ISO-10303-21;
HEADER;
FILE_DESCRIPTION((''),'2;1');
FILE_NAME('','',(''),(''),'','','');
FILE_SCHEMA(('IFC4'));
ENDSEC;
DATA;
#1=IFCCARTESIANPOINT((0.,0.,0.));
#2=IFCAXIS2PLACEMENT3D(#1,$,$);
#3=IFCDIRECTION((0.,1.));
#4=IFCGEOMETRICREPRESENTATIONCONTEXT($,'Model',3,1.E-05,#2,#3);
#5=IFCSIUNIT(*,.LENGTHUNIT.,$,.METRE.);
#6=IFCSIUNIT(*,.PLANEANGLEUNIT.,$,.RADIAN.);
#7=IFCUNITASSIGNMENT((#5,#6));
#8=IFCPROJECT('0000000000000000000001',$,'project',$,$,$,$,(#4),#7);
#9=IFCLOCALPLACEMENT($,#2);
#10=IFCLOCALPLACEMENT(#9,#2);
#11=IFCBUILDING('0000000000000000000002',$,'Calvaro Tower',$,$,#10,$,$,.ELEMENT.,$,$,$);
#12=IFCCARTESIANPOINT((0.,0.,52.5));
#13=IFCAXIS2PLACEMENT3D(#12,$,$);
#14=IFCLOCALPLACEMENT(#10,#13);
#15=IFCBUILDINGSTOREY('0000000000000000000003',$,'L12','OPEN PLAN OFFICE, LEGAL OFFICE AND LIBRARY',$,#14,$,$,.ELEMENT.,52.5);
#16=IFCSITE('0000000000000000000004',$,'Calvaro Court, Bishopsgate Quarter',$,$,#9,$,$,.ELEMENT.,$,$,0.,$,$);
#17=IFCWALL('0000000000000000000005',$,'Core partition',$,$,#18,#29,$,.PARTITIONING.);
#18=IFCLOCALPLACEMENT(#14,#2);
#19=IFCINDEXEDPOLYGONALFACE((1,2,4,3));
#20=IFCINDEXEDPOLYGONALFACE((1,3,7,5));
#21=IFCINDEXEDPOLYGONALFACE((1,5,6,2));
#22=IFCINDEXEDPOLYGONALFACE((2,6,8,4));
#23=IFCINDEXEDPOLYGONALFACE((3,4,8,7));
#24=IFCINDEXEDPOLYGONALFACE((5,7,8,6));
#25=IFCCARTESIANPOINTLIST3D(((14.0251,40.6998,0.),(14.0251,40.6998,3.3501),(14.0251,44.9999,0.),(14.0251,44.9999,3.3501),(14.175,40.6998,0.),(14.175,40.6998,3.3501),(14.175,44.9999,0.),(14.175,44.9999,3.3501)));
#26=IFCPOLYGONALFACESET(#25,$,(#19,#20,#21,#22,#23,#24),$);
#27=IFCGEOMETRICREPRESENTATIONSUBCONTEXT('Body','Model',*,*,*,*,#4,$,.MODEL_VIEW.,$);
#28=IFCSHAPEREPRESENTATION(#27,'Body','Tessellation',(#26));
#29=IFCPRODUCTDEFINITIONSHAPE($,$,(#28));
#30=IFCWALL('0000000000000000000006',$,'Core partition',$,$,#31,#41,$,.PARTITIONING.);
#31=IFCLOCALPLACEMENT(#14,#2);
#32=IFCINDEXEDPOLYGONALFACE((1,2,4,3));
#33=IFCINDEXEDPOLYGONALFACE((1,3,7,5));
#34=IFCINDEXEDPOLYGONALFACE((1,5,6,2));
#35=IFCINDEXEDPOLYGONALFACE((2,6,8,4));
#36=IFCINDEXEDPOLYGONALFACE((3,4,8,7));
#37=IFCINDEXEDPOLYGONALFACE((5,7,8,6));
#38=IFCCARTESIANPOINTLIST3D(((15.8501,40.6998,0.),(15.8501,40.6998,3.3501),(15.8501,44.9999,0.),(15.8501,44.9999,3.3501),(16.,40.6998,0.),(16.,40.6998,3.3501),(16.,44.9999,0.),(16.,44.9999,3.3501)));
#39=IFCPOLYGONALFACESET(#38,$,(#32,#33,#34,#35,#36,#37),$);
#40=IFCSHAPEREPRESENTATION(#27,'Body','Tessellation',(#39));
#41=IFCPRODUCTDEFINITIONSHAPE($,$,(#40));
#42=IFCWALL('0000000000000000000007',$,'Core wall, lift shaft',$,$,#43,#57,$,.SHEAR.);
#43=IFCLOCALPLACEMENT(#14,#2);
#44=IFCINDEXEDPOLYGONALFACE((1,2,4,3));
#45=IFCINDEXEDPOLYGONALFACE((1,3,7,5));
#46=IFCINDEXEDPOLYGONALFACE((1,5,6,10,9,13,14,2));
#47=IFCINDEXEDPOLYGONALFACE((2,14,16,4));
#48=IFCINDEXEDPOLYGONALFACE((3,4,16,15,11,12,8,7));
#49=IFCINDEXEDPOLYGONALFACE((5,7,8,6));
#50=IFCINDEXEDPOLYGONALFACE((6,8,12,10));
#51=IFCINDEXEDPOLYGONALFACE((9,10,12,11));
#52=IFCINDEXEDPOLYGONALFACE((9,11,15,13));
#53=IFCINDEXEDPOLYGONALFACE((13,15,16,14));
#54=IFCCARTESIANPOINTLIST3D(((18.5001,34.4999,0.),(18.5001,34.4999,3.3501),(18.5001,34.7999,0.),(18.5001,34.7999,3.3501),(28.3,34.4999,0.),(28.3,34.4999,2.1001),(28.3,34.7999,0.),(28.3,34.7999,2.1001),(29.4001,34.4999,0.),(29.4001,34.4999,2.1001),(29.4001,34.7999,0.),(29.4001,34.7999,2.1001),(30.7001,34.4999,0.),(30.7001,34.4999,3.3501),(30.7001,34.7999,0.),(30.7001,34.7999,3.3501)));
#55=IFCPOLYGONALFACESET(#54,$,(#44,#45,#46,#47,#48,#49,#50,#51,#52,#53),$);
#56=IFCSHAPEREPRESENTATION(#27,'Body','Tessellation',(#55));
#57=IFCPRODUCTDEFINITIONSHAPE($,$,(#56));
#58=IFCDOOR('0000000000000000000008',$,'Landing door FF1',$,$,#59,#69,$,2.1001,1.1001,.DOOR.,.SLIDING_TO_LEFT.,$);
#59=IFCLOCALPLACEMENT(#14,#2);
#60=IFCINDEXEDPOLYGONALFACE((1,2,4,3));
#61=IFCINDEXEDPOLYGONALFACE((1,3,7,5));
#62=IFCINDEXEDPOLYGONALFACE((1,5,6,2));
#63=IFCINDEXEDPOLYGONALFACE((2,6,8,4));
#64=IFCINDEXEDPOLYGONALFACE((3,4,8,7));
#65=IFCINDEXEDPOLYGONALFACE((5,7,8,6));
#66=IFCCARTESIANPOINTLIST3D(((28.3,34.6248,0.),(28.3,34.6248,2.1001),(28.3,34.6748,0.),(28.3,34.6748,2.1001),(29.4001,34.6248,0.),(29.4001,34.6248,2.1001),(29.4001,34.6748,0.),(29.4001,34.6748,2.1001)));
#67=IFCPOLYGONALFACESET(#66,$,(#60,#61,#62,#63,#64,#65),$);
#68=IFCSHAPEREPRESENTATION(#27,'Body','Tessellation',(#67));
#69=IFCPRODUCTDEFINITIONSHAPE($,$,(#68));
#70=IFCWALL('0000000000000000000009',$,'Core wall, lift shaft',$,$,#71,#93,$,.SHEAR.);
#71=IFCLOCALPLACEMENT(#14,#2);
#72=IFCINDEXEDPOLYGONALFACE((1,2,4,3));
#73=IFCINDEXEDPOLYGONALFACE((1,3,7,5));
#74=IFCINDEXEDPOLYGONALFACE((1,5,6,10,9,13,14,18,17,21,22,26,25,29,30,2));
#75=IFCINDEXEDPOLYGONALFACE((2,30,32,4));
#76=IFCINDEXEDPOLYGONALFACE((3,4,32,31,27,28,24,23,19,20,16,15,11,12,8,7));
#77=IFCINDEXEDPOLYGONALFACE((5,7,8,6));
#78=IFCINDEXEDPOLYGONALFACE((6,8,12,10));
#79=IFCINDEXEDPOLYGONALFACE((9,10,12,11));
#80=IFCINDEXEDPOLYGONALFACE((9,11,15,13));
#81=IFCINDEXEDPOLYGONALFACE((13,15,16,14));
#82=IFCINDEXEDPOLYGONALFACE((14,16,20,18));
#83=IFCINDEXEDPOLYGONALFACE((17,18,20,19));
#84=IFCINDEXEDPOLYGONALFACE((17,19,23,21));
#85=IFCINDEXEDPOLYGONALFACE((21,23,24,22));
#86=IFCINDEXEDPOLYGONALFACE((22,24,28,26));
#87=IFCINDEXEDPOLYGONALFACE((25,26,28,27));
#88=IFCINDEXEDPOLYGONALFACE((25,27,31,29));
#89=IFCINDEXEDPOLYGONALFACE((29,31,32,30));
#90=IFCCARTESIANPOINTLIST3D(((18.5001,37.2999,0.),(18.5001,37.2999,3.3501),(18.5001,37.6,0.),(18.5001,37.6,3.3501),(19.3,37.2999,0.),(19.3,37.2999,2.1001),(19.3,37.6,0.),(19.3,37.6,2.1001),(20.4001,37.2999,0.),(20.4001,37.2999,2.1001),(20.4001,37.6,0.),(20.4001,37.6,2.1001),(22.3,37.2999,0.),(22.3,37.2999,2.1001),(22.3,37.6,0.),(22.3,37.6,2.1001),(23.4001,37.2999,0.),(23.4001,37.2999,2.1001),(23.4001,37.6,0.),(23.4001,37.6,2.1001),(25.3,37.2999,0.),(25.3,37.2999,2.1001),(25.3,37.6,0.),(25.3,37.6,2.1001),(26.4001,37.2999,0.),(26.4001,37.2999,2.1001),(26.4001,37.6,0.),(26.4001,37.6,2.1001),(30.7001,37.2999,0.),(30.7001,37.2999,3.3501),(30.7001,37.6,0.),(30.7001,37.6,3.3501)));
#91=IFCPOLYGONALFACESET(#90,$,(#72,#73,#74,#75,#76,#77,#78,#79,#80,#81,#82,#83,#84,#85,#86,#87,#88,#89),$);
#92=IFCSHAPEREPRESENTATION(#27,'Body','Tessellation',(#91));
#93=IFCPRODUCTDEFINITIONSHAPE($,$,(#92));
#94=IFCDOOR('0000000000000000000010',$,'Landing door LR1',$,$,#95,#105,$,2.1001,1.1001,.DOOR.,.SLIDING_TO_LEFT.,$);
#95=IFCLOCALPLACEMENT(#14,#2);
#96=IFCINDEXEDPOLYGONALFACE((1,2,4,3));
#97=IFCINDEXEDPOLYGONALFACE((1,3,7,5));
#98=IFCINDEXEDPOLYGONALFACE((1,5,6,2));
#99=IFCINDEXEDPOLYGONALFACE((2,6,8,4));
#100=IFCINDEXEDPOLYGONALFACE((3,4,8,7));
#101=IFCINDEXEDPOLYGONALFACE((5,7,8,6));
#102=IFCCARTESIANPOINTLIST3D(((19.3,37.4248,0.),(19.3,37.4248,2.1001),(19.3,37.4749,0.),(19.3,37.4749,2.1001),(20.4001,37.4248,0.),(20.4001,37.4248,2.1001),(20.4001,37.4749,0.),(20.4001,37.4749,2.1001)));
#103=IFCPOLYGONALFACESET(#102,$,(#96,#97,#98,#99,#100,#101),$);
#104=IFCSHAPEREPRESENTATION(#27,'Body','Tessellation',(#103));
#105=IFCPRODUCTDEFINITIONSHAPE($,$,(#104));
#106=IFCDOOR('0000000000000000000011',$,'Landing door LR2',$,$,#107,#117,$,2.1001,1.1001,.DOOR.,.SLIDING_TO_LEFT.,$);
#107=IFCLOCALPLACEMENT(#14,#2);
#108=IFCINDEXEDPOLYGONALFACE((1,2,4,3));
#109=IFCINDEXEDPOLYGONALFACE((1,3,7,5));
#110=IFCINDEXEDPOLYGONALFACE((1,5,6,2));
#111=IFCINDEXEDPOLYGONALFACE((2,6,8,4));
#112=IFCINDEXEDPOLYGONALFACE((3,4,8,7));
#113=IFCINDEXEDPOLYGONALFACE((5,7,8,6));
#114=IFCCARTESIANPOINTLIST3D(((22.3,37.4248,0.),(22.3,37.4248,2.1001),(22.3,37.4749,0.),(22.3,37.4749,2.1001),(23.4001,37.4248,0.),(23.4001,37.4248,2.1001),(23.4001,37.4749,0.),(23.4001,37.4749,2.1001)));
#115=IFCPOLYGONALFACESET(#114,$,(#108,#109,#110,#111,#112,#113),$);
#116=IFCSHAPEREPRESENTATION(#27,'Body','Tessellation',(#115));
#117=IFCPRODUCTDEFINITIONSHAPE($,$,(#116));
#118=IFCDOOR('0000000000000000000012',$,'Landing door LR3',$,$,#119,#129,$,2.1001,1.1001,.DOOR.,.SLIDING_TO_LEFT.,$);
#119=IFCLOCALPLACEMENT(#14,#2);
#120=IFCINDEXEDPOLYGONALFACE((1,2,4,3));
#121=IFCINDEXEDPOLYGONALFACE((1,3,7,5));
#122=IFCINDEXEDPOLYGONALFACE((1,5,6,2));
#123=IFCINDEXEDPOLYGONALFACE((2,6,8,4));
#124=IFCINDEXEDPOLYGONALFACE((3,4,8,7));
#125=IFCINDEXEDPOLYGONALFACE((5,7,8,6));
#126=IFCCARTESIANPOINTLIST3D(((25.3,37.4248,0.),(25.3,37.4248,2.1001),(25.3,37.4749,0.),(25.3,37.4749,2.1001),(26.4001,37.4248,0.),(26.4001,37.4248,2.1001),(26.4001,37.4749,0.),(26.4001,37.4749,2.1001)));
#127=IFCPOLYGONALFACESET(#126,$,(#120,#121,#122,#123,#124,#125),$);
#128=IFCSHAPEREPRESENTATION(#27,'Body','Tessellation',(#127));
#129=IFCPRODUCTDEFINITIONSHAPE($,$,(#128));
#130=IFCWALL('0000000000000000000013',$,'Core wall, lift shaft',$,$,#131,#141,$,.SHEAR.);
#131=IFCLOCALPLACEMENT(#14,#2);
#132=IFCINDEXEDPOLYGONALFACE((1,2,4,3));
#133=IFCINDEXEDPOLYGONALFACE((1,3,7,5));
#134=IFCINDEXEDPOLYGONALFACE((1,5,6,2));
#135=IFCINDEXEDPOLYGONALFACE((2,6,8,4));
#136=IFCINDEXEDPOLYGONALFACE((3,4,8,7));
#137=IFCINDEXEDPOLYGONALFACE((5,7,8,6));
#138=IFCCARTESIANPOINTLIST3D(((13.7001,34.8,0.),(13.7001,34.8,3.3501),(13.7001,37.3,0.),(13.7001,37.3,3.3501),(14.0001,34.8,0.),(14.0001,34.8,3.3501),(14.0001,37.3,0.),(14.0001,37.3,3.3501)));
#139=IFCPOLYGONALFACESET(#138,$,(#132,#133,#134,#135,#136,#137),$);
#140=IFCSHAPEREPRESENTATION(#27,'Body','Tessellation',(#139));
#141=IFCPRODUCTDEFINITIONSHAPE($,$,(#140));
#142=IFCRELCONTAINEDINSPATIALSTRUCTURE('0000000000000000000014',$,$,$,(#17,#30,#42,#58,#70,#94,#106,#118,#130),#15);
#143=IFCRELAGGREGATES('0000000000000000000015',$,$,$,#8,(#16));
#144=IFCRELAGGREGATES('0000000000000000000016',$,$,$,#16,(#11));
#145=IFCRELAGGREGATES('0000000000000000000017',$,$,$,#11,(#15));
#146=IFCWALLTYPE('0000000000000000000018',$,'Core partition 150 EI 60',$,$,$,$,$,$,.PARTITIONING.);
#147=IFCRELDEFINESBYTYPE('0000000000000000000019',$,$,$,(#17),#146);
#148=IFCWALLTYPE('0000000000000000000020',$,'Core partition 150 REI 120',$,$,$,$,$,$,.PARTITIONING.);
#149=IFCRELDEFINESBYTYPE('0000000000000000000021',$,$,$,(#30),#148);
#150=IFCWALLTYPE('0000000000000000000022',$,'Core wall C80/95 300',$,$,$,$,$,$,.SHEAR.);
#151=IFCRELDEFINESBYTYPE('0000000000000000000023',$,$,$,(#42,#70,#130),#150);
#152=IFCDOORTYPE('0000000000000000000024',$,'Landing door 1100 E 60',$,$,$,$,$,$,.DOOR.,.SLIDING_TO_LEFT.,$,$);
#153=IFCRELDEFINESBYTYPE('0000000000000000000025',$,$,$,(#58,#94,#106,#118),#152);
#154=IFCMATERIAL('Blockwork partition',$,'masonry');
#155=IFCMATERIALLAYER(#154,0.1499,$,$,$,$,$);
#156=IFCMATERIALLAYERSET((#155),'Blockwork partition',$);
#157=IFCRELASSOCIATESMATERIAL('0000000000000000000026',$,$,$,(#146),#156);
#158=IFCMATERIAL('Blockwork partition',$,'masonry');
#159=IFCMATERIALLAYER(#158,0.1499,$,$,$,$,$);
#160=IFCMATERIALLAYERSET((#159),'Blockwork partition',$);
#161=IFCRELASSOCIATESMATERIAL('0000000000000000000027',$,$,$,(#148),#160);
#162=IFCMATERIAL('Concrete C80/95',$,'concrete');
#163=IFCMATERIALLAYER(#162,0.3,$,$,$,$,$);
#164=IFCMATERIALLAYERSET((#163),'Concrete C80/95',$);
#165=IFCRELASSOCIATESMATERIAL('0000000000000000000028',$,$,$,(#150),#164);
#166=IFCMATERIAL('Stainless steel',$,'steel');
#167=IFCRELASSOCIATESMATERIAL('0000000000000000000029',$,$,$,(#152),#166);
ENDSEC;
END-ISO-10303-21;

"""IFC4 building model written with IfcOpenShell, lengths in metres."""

from ifc_helpers import new_model, si_unit, direction, frame, frame_2d, origin, place, context, subcontext, project, spatial, rectangle, extrude, material, layer, layer_set, type_object, element, fill, save


model = new_model("IFC4")

# Units and contexts
model_context = context("Model", 3, precision=1e-05, world=origin(), true_north=direction((0.0, 1.0)))
body_context = subcontext(model_context, "Body", "Model", "MODEL_VIEW")
ifc_project = project(units=[si_unit("LENGTHUNIT", "METRE"), si_unit("PLANEANGLEUNIT", "RADIAN")], contexts=[model_context])

# Site, building, storey
site_placement = place(None, origin())
site = spatial("IfcSite", under=ifc_project, at=site_placement, Name="Calvaro Court, Bishopsgate Quarter", CompositionType="ELEMENT", RefElevation=0.0)
building_placement = place(site_placement, origin())
building = spatial("IfcBuilding", under=site, at=building_placement, Name="Calvaro Tower", CompositionType="ELEMENT")
storey_placement = place(building_placement, frame((0.0, 0.0, 52.5)))
storey = spatial("IfcBuildingStorey", under=building, at=storey_placement, Name="L12", Description="OPEN PLAN OFFICE, LEGAL OFFICE AND LIBRARY", CompositionType="ELEMENT", Elevation=52.5)

# Walls
ifc_material_1 = material(Name="Blockwork partition", Category="masonry")
ifc_layer_1 = layer(ifc_material_1, 0.1499)
ifc_layer_set_1 = layer_set([ifc_layer_1], Name="Blockwork partition")
wall_type_1 = type_object("IfcWallType", Name="Core partition 150 EI 60", PredefinedType="PARTITIONING", material=ifc_layer_set_1)
wall_1_placement = place(storey_placement, frame((14.1001, 40.7, 0.0), z_axis=(0.0, 0.0, 1.0), x_axis=(0.0, 1.0, 0.0)))
element("IfcWall", 1, at=wall_1_placement, inside=storey, type_object=wall_type_1, Name="Core partition", PredefinedType="PARTITIONING", context=body_context, shape_type="SweptSolid", body=[
    extrude(rectangle(XDim=4.3, YDim=0.1499, at=frame_2d((2.1499, 0.0))), origin(), (0.0, 0.0, 1.0), 3.3501),
])
ifc_material_2 = material(Name="Blockwork partition", Category="masonry")
ifc_layer_2 = layer(ifc_material_2, 0.1499)
ifc_layer_set_2 = layer_set([ifc_layer_2], Name="Blockwork partition")
wall_type_2 = type_object("IfcWallType", Name="Core partition 150 REI 120", PredefinedType="PARTITIONING", material=ifc_layer_set_2)
wall_2_placement = place(storey_placement, frame((15.925, 40.7, 0.0), z_axis=(0.0, 0.0, 1.0), x_axis=(0.0, 1.0, 0.0)))
element("IfcWall", 2, at=wall_2_placement, inside=storey, type_object=wall_type_2, Name="Core partition", PredefinedType="PARTITIONING", context=body_context, shape_type="SweptSolid", body=[
    extrude(rectangle(XDim=4.3, YDim=0.1499, at=frame_2d((2.1499, 0.0))), origin(), (0.0, 0.0, 1.0), 3.3501),
])

# Wall, opening, door
ifc_material_3 = material(Name="Concrete C80/95", Category="concrete")
ifc_layer_3 = layer(ifc_material_3, 0.3)
ifc_layer_set_3 = layer_set([ifc_layer_3], Name="Concrete C80/95")
wall_type_3 = type_object("IfcWallType", Name="Core wall C80/95 300", PredefinedType="SHEAR", material=ifc_layer_set_3)
wall_3_placement = place(storey_placement, frame((18.5, 34.6499, 0.0), z_axis=(0.0, 0.0, 1.0), x_axis=(1.0, 0.0, 0.0)))
wall_3 = element("IfcWall", 3, at=wall_3_placement, inside=storey, type_object=wall_type_3, Name="Core wall, lift shaft", PredefinedType="SHEAR", context=body_context, shape_type="SweptSolid", body=[
    extrude(rectangle(XDim=12.2, YDim=0.3, at=frame_2d((6.1001, 0.0))), origin(), (0.0, 0.0, 1.0), 3.3501),
])
opening_1_placement = place(wall_3_placement, frame((9.8, 0.0, 0.0)))
opening_1 = element("IfcOpeningElement", 4, at=opening_1_placement, cuts=wall_3, PredefinedType="OPENING", context=body_context, shape_type="SweptSolid", body=[
    extrude(rectangle(XDim=1.1001, YDim=2.1001, at=frame_2d((0.55, 1.05))), frame((0.0, 0.1599, 0.0), z_axis=(0.0, -1.0, 0.0), x_axis=(1.0, 0.0, 0.0)), (0.0, 0.0, 1.0), 0.3201),
])
ifc_material_4 = material(Name="Stainless steel", Category="steel")
door_type_1 = type_object("IfcDoorType", Name="Landing door 1100 E 60", OperationType="SLIDING_TO_LEFT", PredefinedType="DOOR", material=ifc_material_4)
door_1_placement = place(opening_1_placement, origin())
door_1 = element("IfcDoor", 5, at=door_1_placement, inside=storey, type_object=door_type_1, Name="Landing door FF1", OperationType="SLIDING_TO_LEFT", OverallHeight=2.1001, OverallWidth=1.1001, PredefinedType="DOOR", context=body_context, shape_type="SweptSolid", body=[
    extrude(rectangle(XDim=1.1001, YDim=2.1001, at=frame_2d((0.55, 1.05))), frame((0.0, 0.0249, 0.0), z_axis=(0.0, -1.0, 0.0), x_axis=(1.0, 0.0, 0.0)), (0.0, 0.0, 1.0), 0.05),
])
fill(opening_1, door_1)

# Wall, openings, doors
wall_4_placement = place(storey_placement, frame((18.5, 37.45, 0.0), z_axis=(0.0, 0.0, 1.0), x_axis=(1.0, 0.0, 0.0)))
wall_4 = element("IfcWall", 6, at=wall_4_placement, inside=storey, type_object=wall_type_3, Name="Core wall, lift shaft", PredefinedType="SHEAR", context=body_context, shape_type="SweptSolid", body=[
    extrude(rectangle(XDim=12.2, YDim=0.3, at=frame_2d((6.1001, 0.0))), origin(), (0.0, 0.0, 1.0), 3.3501),
])
opening_2_placement = place(wall_4_placement, frame((0.8, 0.0, 0.0)))
opening_2 = element("IfcOpeningElement", 7, at=opening_2_placement, cuts=wall_4, PredefinedType="OPENING", context=body_context, shape_type="SweptSolid", body=[
    extrude(rectangle(XDim=1.1001, YDim=2.1001, at=frame_2d((0.55, 1.05))), frame((0.0, 0.1599, 0.0), z_axis=(0.0, -1.0, 0.0), x_axis=(1.0, 0.0, 0.0)), (0.0, 0.0, 1.0), 0.3201),
])
opening_3_placement = place(wall_4_placement, frame((3.8, 0.0, 0.0)))
opening_3 = element("IfcOpeningElement", 8, at=opening_3_placement, cuts=wall_4, PredefinedType="OPENING", context=body_context, shape_type="SweptSolid", body=[
    extrude(rectangle(XDim=1.1001, YDim=2.1001, at=frame_2d((0.55, 1.05))), frame((0.0, 0.1599, 0.0), z_axis=(0.0, -1.0, 0.0), x_axis=(1.0, 0.0, 0.0)), (0.0, 0.0, 1.0), 0.3201),
])
opening_4_placement = place(wall_4_placement, frame((6.8, 0.0, 0.0)))
opening_4 = element("IfcOpeningElement", 9, at=opening_4_placement, cuts=wall_4, PredefinedType="OPENING", context=body_context, shape_type="SweptSolid", body=[
    extrude(rectangle(XDim=1.1001, YDim=2.1001, at=frame_2d((0.55, 1.05))), frame((0.0, 0.1599, 0.0), z_axis=(0.0, -1.0, 0.0), x_axis=(1.0, 0.0, 0.0)), (0.0, 0.0, 1.0), 0.3201),
])
door_2_placement = place(opening_2_placement, origin())
door_2 = element("IfcDoor", 10, at=door_2_placement, inside=storey, type_object=door_type_1, Name="Landing door LR1", OperationType="SLIDING_TO_LEFT", OverallHeight=2.1001, OverallWidth=1.1001, PredefinedType="DOOR", context=body_context, shape_type="SweptSolid", body=[
    extrude(rectangle(XDim=1.1001, YDim=2.1001, at=frame_2d((0.55, 1.05))), frame((0.0, 0.0249, 0.0), z_axis=(0.0, -1.0, 0.0), x_axis=(1.0, 0.0, 0.0)), (0.0, 0.0, 1.0), 0.05),
])
fill(opening_2, door_2)
door_3_placement = place(opening_3_placement, origin())
door_3 = element("IfcDoor", 11, at=door_3_placement, inside=storey, type_object=door_type_1, Name="Landing door LR2", OperationType="SLIDING_TO_LEFT", OverallHeight=2.1001, OverallWidth=1.1001, PredefinedType="DOOR", context=body_context, shape_type="SweptSolid", body=[
    extrude(rectangle(XDim=1.1001, YDim=2.1001, at=frame_2d((0.55, 1.05))), frame((0.0, 0.0249, 0.0), z_axis=(0.0, -1.0, 0.0), x_axis=(1.0, 0.0, 0.0)), (0.0, 0.0, 1.0), 0.05),
])
fill(opening_3, door_3)
door_4_placement = place(opening_4_placement, origin())
door_4 = element("IfcDoor", 12, at=door_4_placement, inside=storey, type_object=door_type_1, Name="Landing door LR3", OperationType="SLIDING_TO_LEFT", OverallHeight=2.1001, OverallWidth=1.1001, PredefinedType="DOOR", context=body_context, shape_type="SweptSolid", body=[
    extrude(rectangle(XDim=1.1001, YDim=2.1001, at=frame_2d((0.55, 1.05))), frame((0.0, 0.0249, 0.0), z_axis=(0.0, -1.0, 0.0), x_axis=(1.0, 0.0, 0.0)), (0.0, 0.0, 1.0), 0.05),
])
fill(opening_4, door_4)

# Wall
wall_5_placement = place(storey_placement, frame((13.8501, 34.8, 0.0), z_axis=(0.0, 0.0, 1.0), x_axis=(0.0, 1.0, 0.0)))
element("IfcWall", 13, at=wall_5_placement, inside=storey, type_object=wall_type_3, Name="Core wall, lift shaft", PredefinedType="SHEAR", context=body_context, shape_type="SweptSolid", body=[
    extrude(rectangle(XDim=2.5, YDim=0.3, at=frame_2d((1.25, 0.0))), origin(), (0.0, 0.0, 1.0), 3.3501),
])

save(model, "model.ifc")
